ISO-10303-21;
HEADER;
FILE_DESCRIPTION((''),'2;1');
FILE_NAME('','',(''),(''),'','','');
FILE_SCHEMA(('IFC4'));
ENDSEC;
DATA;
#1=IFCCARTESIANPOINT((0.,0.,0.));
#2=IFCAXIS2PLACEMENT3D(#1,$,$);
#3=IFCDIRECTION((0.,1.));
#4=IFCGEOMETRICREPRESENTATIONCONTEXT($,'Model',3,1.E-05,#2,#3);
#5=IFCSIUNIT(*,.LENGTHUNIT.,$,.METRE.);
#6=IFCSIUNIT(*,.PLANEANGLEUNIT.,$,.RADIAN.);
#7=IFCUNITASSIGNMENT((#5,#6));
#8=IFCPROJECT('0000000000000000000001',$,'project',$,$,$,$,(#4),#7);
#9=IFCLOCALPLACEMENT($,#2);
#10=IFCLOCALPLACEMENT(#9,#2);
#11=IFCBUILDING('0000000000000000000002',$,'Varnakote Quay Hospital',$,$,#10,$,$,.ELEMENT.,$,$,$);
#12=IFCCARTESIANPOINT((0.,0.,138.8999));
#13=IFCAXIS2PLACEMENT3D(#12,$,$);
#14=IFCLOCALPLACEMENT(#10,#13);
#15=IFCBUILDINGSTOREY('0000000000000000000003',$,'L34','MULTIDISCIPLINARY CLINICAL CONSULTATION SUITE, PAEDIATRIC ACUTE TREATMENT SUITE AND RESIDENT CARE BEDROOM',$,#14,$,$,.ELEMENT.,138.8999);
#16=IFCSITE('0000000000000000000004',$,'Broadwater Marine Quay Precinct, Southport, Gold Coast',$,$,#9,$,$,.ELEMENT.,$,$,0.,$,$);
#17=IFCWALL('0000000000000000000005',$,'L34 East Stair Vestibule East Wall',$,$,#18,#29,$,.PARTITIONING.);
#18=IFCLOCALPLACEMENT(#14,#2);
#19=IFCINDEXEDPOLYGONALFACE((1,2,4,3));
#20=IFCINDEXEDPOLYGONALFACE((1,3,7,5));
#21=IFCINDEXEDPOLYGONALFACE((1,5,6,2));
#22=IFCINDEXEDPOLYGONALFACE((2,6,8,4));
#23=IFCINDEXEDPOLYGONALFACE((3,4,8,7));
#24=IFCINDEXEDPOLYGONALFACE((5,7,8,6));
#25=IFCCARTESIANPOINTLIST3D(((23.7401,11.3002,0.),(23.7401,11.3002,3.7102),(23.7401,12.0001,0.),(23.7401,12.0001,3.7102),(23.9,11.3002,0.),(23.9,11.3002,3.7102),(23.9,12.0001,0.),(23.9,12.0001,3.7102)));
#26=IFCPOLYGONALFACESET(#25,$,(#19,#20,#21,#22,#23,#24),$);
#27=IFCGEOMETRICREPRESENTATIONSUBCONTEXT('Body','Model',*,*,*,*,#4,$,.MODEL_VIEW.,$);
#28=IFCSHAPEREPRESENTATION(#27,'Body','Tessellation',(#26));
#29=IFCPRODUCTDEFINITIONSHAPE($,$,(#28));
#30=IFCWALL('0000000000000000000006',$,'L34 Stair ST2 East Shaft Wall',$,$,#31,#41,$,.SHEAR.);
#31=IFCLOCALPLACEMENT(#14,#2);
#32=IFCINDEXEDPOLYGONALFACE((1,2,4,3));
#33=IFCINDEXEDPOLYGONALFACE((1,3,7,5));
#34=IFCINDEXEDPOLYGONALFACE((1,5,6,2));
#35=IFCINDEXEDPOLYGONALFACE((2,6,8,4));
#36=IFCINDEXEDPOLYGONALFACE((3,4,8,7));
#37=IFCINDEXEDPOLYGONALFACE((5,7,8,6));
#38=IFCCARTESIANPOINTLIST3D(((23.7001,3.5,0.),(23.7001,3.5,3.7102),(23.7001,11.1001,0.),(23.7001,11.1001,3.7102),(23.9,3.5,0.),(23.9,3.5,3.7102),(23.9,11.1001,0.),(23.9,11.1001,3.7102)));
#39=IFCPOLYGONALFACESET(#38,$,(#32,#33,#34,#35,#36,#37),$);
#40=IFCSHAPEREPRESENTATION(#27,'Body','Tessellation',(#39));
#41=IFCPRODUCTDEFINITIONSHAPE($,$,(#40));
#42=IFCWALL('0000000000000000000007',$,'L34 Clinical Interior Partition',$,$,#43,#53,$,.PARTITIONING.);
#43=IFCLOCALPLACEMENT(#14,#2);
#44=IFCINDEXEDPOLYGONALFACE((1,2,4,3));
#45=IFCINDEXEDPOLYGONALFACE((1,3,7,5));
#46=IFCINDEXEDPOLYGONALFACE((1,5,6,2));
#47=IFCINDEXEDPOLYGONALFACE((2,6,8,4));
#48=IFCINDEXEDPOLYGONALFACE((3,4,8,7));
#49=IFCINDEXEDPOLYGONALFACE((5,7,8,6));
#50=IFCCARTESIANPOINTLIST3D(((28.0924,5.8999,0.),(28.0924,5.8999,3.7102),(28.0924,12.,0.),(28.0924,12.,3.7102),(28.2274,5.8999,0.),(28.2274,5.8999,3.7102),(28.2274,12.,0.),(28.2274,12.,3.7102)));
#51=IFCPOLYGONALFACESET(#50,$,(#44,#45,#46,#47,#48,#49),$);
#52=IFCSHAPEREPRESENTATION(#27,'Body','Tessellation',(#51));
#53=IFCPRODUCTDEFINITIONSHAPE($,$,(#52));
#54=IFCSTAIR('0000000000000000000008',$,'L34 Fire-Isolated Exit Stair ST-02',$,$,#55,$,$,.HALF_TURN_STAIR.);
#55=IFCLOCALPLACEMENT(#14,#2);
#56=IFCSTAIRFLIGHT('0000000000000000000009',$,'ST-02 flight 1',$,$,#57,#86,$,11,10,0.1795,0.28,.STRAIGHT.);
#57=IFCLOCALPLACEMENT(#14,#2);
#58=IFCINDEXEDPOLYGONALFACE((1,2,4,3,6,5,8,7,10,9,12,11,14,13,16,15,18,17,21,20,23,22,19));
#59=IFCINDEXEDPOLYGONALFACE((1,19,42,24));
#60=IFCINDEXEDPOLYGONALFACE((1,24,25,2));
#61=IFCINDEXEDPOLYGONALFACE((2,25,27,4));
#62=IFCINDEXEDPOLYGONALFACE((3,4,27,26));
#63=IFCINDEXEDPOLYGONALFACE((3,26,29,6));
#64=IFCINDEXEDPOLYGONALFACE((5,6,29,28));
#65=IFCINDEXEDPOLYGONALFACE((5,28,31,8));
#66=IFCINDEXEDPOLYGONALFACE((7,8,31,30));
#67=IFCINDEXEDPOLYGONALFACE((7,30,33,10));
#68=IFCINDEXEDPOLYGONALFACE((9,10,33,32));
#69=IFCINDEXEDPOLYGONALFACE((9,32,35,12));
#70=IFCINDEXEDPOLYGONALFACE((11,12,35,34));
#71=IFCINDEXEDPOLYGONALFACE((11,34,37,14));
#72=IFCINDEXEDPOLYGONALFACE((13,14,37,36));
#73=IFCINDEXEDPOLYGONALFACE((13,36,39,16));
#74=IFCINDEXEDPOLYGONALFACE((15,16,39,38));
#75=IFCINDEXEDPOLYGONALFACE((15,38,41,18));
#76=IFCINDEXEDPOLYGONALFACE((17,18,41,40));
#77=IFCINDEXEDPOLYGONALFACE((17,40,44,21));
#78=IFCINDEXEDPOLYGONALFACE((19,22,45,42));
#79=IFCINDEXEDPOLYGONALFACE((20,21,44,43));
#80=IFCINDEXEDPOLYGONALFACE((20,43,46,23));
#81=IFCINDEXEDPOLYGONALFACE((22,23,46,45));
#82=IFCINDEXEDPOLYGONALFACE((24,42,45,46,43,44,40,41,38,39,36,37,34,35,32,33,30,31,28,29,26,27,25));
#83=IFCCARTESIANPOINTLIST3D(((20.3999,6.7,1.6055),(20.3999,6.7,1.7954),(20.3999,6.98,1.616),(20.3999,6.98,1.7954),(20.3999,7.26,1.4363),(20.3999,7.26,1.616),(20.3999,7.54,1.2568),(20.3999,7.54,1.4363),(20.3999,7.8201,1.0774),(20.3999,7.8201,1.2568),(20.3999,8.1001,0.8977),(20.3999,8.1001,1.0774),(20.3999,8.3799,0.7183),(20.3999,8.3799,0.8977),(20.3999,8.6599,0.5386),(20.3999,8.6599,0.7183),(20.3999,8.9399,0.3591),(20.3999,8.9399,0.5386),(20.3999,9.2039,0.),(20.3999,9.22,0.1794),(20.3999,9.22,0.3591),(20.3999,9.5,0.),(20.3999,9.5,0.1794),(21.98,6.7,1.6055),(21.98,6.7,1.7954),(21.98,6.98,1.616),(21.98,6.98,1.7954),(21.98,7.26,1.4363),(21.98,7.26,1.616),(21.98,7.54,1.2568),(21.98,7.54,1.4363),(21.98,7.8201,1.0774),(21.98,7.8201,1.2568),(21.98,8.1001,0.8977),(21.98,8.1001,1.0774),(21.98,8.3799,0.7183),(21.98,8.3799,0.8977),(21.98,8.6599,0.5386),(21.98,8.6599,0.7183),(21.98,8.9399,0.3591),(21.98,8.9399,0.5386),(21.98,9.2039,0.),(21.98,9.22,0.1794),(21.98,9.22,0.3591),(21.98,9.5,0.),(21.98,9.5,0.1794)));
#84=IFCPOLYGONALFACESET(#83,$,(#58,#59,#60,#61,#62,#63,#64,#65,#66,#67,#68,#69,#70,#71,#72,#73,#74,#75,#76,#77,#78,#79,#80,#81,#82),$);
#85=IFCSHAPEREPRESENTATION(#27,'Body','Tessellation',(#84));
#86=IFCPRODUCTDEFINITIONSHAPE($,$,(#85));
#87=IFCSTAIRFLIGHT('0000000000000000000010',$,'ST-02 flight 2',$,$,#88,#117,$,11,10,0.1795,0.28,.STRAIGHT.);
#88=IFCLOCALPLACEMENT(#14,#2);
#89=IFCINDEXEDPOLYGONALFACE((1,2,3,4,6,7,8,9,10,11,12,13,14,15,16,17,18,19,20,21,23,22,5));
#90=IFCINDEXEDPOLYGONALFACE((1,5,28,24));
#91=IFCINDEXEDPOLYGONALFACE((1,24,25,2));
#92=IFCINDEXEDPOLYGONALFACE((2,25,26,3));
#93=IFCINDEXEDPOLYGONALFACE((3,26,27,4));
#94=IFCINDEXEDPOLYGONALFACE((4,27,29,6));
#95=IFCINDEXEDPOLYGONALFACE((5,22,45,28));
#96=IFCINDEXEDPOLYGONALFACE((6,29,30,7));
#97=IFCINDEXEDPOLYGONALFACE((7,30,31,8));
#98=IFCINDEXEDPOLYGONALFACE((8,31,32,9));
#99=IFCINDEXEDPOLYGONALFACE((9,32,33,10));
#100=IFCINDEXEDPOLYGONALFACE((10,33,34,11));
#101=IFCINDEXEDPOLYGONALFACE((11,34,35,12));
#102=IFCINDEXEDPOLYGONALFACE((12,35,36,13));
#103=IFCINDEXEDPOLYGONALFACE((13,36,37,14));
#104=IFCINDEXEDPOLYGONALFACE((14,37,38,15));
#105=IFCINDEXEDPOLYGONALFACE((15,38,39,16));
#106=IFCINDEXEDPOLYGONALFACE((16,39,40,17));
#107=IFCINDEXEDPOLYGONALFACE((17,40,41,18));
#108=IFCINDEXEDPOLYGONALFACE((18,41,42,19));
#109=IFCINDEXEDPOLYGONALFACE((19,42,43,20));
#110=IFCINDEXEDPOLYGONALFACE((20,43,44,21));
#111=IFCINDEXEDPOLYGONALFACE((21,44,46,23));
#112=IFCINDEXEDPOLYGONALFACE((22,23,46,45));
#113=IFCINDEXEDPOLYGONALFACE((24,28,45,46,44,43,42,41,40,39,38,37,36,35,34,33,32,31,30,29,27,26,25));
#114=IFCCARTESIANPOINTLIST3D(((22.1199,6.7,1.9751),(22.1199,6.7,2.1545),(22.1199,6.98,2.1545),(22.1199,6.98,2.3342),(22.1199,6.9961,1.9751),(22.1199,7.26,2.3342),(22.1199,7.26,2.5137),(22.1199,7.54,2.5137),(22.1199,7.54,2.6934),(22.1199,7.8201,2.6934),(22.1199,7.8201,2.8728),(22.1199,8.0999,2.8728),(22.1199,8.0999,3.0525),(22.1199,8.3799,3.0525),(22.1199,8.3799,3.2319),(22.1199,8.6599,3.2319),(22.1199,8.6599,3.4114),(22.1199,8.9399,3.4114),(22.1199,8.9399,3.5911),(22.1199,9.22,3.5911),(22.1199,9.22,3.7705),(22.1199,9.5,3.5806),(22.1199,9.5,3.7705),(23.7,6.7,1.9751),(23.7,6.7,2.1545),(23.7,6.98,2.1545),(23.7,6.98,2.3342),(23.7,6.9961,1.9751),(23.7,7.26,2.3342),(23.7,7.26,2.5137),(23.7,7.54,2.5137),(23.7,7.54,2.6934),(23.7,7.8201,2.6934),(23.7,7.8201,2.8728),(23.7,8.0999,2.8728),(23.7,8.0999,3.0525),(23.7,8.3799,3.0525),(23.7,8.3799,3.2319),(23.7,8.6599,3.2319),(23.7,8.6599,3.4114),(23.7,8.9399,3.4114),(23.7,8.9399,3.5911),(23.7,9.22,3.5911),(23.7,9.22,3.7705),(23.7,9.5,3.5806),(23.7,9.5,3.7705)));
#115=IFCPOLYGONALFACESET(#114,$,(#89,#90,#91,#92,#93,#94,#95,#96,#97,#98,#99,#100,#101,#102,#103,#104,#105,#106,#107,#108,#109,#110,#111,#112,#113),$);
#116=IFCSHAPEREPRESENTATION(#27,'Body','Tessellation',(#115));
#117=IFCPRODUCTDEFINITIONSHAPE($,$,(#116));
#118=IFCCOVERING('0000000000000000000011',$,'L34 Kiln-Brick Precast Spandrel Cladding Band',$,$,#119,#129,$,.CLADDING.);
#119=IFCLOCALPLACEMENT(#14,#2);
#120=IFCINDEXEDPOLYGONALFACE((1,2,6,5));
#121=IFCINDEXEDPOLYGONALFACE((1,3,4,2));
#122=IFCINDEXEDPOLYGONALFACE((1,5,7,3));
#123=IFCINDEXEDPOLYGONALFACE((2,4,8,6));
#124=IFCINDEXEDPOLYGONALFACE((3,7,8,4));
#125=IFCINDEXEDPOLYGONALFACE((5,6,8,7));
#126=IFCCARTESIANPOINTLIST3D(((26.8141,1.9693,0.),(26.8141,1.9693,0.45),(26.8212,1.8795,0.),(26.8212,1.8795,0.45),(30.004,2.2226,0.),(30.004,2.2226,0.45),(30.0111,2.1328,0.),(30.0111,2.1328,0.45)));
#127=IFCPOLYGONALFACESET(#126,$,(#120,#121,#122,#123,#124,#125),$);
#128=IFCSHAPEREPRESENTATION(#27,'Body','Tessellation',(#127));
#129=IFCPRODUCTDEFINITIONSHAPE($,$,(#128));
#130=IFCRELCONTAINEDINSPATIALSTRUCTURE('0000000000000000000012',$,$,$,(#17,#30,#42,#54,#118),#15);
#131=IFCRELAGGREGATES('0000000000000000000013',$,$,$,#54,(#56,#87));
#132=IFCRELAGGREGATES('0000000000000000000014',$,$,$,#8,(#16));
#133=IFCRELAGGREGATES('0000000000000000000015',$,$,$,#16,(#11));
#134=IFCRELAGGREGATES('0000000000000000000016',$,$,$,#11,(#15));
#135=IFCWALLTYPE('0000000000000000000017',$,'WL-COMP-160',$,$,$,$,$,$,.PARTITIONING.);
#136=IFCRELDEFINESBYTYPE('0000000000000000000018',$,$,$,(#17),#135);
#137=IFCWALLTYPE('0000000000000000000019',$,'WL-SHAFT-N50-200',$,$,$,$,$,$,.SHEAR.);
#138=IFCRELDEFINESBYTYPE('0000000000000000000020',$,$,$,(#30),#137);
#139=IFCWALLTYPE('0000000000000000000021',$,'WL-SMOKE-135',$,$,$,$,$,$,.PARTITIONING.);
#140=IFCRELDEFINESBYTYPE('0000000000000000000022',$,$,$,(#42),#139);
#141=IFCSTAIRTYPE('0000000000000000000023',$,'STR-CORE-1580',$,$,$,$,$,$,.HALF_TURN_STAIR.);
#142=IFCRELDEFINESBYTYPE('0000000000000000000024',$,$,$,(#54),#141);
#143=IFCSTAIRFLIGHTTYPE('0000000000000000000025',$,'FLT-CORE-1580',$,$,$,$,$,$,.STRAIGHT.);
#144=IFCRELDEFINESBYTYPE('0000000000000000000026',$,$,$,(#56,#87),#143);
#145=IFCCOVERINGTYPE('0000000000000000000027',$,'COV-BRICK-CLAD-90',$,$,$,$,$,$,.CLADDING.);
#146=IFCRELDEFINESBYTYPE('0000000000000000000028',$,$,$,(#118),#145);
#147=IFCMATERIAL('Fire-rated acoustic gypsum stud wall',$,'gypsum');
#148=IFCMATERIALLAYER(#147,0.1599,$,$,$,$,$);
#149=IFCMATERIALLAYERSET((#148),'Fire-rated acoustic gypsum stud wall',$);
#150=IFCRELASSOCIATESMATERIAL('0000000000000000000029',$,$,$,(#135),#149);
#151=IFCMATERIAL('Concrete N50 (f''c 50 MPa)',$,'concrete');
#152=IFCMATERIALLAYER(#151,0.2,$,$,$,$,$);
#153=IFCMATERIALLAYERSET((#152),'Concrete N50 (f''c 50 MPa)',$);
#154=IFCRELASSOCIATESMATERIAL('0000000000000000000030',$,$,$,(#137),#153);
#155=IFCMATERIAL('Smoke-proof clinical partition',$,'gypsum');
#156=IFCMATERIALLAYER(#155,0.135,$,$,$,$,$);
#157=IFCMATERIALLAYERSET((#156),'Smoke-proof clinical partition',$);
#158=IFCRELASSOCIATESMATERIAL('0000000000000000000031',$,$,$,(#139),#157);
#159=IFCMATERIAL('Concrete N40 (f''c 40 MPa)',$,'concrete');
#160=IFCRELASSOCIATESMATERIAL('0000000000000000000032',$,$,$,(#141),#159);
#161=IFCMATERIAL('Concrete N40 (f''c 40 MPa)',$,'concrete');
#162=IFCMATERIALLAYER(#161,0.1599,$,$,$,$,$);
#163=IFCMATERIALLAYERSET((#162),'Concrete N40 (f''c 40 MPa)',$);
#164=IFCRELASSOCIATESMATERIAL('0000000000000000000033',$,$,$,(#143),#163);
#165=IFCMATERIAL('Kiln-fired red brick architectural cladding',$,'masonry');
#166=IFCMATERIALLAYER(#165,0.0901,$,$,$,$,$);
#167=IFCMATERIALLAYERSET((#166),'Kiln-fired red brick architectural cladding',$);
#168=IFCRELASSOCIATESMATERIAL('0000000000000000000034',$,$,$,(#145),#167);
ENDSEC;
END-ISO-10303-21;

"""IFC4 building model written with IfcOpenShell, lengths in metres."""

from ifc_helpers import new_model, si_unit, direction, frame, frame_2d, origin, origin_2d, place, context, subcontext, project, spatial, polyline, rectangle, outline, extrude, material, layer, layer_set, type_object, element, aggregate, save


model = new_model("IFC4")

# Units and contexts
model_context = context("Model", 3, precision=1e-05, world=origin(), true_north=direction((0.0, 1.0)))
body_context = subcontext(model_context, "Body", "Model", "MODEL_VIEW")
ifc_project = project(units=[si_unit("LENGTHUNIT", "METRE"), si_unit("PLANEANGLEUNIT", "RADIAN")], contexts=[model_context])

# Site, building, storey
site_placement = place(None, origin())
site = spatial("IfcSite", under=ifc_project, at=site_placement, Name="Broadwater Marine Quay Precinct, Southport, Gold Coast", CompositionType="ELEMENT", RefElevation=0.0)
building_placement = place(site_placement, origin())
building = spatial("IfcBuilding", under=site, at=building_placement, Name="Varnakote Quay Hospital", CompositionType="ELEMENT")
storey_placement = place(building_placement, frame((0.0, 0.0, 138.8999)))
storey = spatial("IfcBuildingStorey", under=building, at=storey_placement, Name="L34", Description="MULTIDISCIPLINARY CLINICAL CONSULTATION SUITE, PAEDIATRIC ACUTE TREATMENT SUITE AND RESIDENT CARE BEDROOM", CompositionType="ELEMENT", Elevation=138.8999)

# Walls
ifc_material_1 = material(Name="Fire-rated acoustic gypsum stud wall", Category="gypsum")
ifc_layer_1 = layer(ifc_material_1, 0.1599)
ifc_layer_set_1 = layer_set([ifc_layer_1], Name="Fire-rated acoustic gypsum stud wall")
wall_type_1 = type_object("IfcWallType", Name="WL-COMP-160", PredefinedType="PARTITIONING", material=ifc_layer_set_1)
wall_1_placement = place(storey_placement, frame((23.8201, 11.3, 0.0), z_axis=(0.0, 0.0, 1.0), x_axis=(0.0, 1.0, 0.0)))
element("IfcWall", 1, at=wall_1_placement, inside=storey, type_object=wall_type_1, Name="L34 East Stair Vestibule East Wall", PredefinedType="PARTITIONING", context=body_context, shape_type="SweptSolid", body=[
    extrude(rectangle(XDim=0.7, YDim=0.1599, at=frame_2d((0.3501, 0.0))), origin(), (0.0, 0.0, 1.0), 3.7102),
])
ifc_material_2 = material(Name="Concrete N50 (f'c 50 MPa)", Category="concrete")
ifc_layer_2 = layer(ifc_material_2, 0.2)
ifc_layer_set_2 = layer_set([ifc_layer_2], Name="Concrete N50 (f'c 50 MPa)")
wall_type_2 = type_object("IfcWallType", Name="WL-SHAFT-N50-200", PredefinedType="SHEAR", material=ifc_layer_set_2)
wall_2_placement = place(storey_placement, frame((23.8, 3.5, 0.0), z_axis=(0.0, 0.0, 1.0), x_axis=(0.0, 1.0, 0.0)))
element("IfcWall", 2, at=wall_2_placement, inside=storey, type_object=wall_type_2, Name="L34 Stair ST2 East Shaft Wall", PredefinedType="SHEAR", context=body_context, shape_type="SweptSolid", body=[
    extrude(rectangle(XDim=7.6001, YDim=0.2, at=frame_2d((3.8, 0.0))), origin(), (0.0, 0.0, 1.0), 3.7102),
])
ifc_material_3 = material(Name="Smoke-proof clinical partition", Category="gypsum")
ifc_layer_3 = layer(ifc_material_3, 0.135)
ifc_layer_set_3 = layer_set([ifc_layer_3], Name="Smoke-proof clinical partition")
wall_type_3 = type_object("IfcWallType", Name="WL-SMOKE-135", PredefinedType="PARTITIONING", material=ifc_layer_set_3)
wall_3_placement = place(storey_placement, frame((28.1599, 5.8999, 0.0), z_axis=(0.0, 0.0, 1.0), x_axis=(0.0, 1.0, 0.0)))
element("IfcWall", 3, at=wall_3_placement, inside=storey, type_object=wall_type_3, Name="L34 Clinical Interior Partition", PredefinedType="PARTITIONING", context=body_context, shape_type="SweptSolid", body=[
    extrude(rectangle(XDim=6.1001, YDim=0.135, at=frame_2d((3.05, 0.0))), origin(), (0.0, 0.0, 1.0), 3.7102),
])

# Stair, stair flights
ifc_material_4 = material(Name="Concrete N40 (f'c 40 MPa)", Category="concrete")
stair_type = type_object("IfcStairType", Name="STR-CORE-1580", PredefinedType="HALF_TURN_STAIR", material=ifc_material_4)
stair_placement = place(storey_placement, origin())
stair = element("IfcStair", 4, at=stair_placement, inside=storey, type_object=stair_type, Name="L34 Fire-Isolated Exit Stair ST-02", PredefinedType="HALF_TURN_STAIR")
ifc_material_5 = material(Name="Concrete N40 (f'c 40 MPa)", Category="concrete")
ifc_layer_4 = layer(ifc_material_5, 0.1599)
ifc_layer_set_4 = layer_set([ifc_layer_4], Name="Concrete N40 (f'c 40 MPa)")
stair_flight_type = type_object("IfcStairFlightType", Name="FLT-CORE-1580", PredefinedType="STRAIGHT", material=ifc_layer_set_4)
stair_flight_1_placement = place(storey_placement, frame((21.1899, 9.5, 0.0), z_axis=(0.0, 0.0, 1.0), x_axis=(0.0, -1.0, 0.0)))
stair_flight_1 = element("IfcStairFlight", 5, at=stair_flight_1_placement, type_object=stair_flight_type, Name="ST-02 flight 1", NumberOfRisers=11, NumberOfTreads=10, PredefinedType="STRAIGHT", RiserHeight=0.1795, TreadLength=0.28, context=body_context, shape_type="SweptSolid", body=[
    extrude(outline(polyline([(0.0, 0.0), (0.0, 0.1794), (0.28, 0.1794), (0.28, 0.3591), (0.5601, 0.3591), (0.5601, 0.5386), (0.8401, 0.5386), (0.8401, 0.7183), (1.1201, 0.7183), (1.1201, 0.8977), (1.3999, 0.8977), (1.3999, 1.0774), (1.6799, 1.0774), (1.6799, 1.2568), (1.96, 1.2568), (1.96, 1.4363), (2.24, 1.4363), (2.24, 1.616), (2.52, 1.616), (2.52, 1.7954), (2.8, 1.7954), (2.8, 1.9751), (2.8, 1.6055), (0.2961, 0.0), (0.0, 0.0)])), frame((0.0, 0.79, 0.0), z_axis=(0.0, -1.0, 0.0), x_axis=(1.0, 0.0, 0.0)), (0.0, 0.0, 1.0), 1.5801),
])
stair_flight_2_placement = place(storey_placement, frame((22.9099, 6.7, 1.9751), z_axis=(0.0, 0.0, 1.0), x_axis=(0.0, 1.0, 0.0)))
stair_flight_2 = element("IfcStairFlight", 6, at=stair_flight_2_placement, type_object=stair_flight_type, Name="ST-02 flight 2", NumberOfRisers=11, NumberOfTreads=10, PredefinedType="STRAIGHT", RiserHeight=0.1795, TreadLength=0.28, context=body_context, shape_type="SweptSolid", body=[
    extrude(outline(polyline([(0.0, 0.0), (0.0, 0.1794), (0.28, 0.1794), (0.28, 0.3591), (0.5601, 0.3591), (0.5601, 0.5386), (0.8401, 0.5386), (0.8401, 0.7183), (1.1201, 0.7183), (1.1201, 0.8977), (1.3999, 0.8977), (1.3999, 1.0774), (1.6799, 1.0774), (1.6799, 1.2568), (1.96, 1.2568), (1.96, 1.4363), (2.24, 1.4363), (2.24, 1.616), (2.52, 1.616), (2.52, 1.7954), (2.8, 1.7954), (2.8, 1.9751), (2.8, 1.6055), (0.2961, 0.0), (0.0, 0.0)])), frame((0.0, 0.79, 0.0), z_axis=(0.0, -1.0, 0.0), x_axis=(1.0, 0.0, 0.0)), (0.0, 0.0, 1.0), 1.5801),
])
aggregate(stair, [stair_flight_1, stair_flight_2])

# Covering
ifc_material_6 = material(Name="Kiln-fired red brick architectural cladding", Category="masonry")
ifc_layer_5 = layer(ifc_material_6, 0.0901)
ifc_layer_set_5 = layer_set([ifc_layer_5], Name="Kiln-fired red brick architectural cladding")
covering_type = type_object("IfcCoveringType", Name="COV-BRICK-CLAD-90", PredefinedType="CLADDING", material=ifc_layer_set_5)
covering_placement = place(storey_placement, frame((28.4126, 2.051, 0.0), z_axis=(0.0, 0.0, 1.0), x_axis=(0.996862, 0.079155, 0.0)))
element("IfcCovering", 7, at=covering_placement, inside=storey, type_object=covering_type, Name="L34 Kiln-Brick Precast Spandrel Cladding Band", PredefinedType="CLADDING", context=body_context, shape_type="SweptSolid", body=[
    extrude(rectangle(XDim=3.2, YDim=0.0901, at=origin_2d()), origin(), (0.0, 0.0, 1.0), 0.45),
])

save(model, "model.ifc")
